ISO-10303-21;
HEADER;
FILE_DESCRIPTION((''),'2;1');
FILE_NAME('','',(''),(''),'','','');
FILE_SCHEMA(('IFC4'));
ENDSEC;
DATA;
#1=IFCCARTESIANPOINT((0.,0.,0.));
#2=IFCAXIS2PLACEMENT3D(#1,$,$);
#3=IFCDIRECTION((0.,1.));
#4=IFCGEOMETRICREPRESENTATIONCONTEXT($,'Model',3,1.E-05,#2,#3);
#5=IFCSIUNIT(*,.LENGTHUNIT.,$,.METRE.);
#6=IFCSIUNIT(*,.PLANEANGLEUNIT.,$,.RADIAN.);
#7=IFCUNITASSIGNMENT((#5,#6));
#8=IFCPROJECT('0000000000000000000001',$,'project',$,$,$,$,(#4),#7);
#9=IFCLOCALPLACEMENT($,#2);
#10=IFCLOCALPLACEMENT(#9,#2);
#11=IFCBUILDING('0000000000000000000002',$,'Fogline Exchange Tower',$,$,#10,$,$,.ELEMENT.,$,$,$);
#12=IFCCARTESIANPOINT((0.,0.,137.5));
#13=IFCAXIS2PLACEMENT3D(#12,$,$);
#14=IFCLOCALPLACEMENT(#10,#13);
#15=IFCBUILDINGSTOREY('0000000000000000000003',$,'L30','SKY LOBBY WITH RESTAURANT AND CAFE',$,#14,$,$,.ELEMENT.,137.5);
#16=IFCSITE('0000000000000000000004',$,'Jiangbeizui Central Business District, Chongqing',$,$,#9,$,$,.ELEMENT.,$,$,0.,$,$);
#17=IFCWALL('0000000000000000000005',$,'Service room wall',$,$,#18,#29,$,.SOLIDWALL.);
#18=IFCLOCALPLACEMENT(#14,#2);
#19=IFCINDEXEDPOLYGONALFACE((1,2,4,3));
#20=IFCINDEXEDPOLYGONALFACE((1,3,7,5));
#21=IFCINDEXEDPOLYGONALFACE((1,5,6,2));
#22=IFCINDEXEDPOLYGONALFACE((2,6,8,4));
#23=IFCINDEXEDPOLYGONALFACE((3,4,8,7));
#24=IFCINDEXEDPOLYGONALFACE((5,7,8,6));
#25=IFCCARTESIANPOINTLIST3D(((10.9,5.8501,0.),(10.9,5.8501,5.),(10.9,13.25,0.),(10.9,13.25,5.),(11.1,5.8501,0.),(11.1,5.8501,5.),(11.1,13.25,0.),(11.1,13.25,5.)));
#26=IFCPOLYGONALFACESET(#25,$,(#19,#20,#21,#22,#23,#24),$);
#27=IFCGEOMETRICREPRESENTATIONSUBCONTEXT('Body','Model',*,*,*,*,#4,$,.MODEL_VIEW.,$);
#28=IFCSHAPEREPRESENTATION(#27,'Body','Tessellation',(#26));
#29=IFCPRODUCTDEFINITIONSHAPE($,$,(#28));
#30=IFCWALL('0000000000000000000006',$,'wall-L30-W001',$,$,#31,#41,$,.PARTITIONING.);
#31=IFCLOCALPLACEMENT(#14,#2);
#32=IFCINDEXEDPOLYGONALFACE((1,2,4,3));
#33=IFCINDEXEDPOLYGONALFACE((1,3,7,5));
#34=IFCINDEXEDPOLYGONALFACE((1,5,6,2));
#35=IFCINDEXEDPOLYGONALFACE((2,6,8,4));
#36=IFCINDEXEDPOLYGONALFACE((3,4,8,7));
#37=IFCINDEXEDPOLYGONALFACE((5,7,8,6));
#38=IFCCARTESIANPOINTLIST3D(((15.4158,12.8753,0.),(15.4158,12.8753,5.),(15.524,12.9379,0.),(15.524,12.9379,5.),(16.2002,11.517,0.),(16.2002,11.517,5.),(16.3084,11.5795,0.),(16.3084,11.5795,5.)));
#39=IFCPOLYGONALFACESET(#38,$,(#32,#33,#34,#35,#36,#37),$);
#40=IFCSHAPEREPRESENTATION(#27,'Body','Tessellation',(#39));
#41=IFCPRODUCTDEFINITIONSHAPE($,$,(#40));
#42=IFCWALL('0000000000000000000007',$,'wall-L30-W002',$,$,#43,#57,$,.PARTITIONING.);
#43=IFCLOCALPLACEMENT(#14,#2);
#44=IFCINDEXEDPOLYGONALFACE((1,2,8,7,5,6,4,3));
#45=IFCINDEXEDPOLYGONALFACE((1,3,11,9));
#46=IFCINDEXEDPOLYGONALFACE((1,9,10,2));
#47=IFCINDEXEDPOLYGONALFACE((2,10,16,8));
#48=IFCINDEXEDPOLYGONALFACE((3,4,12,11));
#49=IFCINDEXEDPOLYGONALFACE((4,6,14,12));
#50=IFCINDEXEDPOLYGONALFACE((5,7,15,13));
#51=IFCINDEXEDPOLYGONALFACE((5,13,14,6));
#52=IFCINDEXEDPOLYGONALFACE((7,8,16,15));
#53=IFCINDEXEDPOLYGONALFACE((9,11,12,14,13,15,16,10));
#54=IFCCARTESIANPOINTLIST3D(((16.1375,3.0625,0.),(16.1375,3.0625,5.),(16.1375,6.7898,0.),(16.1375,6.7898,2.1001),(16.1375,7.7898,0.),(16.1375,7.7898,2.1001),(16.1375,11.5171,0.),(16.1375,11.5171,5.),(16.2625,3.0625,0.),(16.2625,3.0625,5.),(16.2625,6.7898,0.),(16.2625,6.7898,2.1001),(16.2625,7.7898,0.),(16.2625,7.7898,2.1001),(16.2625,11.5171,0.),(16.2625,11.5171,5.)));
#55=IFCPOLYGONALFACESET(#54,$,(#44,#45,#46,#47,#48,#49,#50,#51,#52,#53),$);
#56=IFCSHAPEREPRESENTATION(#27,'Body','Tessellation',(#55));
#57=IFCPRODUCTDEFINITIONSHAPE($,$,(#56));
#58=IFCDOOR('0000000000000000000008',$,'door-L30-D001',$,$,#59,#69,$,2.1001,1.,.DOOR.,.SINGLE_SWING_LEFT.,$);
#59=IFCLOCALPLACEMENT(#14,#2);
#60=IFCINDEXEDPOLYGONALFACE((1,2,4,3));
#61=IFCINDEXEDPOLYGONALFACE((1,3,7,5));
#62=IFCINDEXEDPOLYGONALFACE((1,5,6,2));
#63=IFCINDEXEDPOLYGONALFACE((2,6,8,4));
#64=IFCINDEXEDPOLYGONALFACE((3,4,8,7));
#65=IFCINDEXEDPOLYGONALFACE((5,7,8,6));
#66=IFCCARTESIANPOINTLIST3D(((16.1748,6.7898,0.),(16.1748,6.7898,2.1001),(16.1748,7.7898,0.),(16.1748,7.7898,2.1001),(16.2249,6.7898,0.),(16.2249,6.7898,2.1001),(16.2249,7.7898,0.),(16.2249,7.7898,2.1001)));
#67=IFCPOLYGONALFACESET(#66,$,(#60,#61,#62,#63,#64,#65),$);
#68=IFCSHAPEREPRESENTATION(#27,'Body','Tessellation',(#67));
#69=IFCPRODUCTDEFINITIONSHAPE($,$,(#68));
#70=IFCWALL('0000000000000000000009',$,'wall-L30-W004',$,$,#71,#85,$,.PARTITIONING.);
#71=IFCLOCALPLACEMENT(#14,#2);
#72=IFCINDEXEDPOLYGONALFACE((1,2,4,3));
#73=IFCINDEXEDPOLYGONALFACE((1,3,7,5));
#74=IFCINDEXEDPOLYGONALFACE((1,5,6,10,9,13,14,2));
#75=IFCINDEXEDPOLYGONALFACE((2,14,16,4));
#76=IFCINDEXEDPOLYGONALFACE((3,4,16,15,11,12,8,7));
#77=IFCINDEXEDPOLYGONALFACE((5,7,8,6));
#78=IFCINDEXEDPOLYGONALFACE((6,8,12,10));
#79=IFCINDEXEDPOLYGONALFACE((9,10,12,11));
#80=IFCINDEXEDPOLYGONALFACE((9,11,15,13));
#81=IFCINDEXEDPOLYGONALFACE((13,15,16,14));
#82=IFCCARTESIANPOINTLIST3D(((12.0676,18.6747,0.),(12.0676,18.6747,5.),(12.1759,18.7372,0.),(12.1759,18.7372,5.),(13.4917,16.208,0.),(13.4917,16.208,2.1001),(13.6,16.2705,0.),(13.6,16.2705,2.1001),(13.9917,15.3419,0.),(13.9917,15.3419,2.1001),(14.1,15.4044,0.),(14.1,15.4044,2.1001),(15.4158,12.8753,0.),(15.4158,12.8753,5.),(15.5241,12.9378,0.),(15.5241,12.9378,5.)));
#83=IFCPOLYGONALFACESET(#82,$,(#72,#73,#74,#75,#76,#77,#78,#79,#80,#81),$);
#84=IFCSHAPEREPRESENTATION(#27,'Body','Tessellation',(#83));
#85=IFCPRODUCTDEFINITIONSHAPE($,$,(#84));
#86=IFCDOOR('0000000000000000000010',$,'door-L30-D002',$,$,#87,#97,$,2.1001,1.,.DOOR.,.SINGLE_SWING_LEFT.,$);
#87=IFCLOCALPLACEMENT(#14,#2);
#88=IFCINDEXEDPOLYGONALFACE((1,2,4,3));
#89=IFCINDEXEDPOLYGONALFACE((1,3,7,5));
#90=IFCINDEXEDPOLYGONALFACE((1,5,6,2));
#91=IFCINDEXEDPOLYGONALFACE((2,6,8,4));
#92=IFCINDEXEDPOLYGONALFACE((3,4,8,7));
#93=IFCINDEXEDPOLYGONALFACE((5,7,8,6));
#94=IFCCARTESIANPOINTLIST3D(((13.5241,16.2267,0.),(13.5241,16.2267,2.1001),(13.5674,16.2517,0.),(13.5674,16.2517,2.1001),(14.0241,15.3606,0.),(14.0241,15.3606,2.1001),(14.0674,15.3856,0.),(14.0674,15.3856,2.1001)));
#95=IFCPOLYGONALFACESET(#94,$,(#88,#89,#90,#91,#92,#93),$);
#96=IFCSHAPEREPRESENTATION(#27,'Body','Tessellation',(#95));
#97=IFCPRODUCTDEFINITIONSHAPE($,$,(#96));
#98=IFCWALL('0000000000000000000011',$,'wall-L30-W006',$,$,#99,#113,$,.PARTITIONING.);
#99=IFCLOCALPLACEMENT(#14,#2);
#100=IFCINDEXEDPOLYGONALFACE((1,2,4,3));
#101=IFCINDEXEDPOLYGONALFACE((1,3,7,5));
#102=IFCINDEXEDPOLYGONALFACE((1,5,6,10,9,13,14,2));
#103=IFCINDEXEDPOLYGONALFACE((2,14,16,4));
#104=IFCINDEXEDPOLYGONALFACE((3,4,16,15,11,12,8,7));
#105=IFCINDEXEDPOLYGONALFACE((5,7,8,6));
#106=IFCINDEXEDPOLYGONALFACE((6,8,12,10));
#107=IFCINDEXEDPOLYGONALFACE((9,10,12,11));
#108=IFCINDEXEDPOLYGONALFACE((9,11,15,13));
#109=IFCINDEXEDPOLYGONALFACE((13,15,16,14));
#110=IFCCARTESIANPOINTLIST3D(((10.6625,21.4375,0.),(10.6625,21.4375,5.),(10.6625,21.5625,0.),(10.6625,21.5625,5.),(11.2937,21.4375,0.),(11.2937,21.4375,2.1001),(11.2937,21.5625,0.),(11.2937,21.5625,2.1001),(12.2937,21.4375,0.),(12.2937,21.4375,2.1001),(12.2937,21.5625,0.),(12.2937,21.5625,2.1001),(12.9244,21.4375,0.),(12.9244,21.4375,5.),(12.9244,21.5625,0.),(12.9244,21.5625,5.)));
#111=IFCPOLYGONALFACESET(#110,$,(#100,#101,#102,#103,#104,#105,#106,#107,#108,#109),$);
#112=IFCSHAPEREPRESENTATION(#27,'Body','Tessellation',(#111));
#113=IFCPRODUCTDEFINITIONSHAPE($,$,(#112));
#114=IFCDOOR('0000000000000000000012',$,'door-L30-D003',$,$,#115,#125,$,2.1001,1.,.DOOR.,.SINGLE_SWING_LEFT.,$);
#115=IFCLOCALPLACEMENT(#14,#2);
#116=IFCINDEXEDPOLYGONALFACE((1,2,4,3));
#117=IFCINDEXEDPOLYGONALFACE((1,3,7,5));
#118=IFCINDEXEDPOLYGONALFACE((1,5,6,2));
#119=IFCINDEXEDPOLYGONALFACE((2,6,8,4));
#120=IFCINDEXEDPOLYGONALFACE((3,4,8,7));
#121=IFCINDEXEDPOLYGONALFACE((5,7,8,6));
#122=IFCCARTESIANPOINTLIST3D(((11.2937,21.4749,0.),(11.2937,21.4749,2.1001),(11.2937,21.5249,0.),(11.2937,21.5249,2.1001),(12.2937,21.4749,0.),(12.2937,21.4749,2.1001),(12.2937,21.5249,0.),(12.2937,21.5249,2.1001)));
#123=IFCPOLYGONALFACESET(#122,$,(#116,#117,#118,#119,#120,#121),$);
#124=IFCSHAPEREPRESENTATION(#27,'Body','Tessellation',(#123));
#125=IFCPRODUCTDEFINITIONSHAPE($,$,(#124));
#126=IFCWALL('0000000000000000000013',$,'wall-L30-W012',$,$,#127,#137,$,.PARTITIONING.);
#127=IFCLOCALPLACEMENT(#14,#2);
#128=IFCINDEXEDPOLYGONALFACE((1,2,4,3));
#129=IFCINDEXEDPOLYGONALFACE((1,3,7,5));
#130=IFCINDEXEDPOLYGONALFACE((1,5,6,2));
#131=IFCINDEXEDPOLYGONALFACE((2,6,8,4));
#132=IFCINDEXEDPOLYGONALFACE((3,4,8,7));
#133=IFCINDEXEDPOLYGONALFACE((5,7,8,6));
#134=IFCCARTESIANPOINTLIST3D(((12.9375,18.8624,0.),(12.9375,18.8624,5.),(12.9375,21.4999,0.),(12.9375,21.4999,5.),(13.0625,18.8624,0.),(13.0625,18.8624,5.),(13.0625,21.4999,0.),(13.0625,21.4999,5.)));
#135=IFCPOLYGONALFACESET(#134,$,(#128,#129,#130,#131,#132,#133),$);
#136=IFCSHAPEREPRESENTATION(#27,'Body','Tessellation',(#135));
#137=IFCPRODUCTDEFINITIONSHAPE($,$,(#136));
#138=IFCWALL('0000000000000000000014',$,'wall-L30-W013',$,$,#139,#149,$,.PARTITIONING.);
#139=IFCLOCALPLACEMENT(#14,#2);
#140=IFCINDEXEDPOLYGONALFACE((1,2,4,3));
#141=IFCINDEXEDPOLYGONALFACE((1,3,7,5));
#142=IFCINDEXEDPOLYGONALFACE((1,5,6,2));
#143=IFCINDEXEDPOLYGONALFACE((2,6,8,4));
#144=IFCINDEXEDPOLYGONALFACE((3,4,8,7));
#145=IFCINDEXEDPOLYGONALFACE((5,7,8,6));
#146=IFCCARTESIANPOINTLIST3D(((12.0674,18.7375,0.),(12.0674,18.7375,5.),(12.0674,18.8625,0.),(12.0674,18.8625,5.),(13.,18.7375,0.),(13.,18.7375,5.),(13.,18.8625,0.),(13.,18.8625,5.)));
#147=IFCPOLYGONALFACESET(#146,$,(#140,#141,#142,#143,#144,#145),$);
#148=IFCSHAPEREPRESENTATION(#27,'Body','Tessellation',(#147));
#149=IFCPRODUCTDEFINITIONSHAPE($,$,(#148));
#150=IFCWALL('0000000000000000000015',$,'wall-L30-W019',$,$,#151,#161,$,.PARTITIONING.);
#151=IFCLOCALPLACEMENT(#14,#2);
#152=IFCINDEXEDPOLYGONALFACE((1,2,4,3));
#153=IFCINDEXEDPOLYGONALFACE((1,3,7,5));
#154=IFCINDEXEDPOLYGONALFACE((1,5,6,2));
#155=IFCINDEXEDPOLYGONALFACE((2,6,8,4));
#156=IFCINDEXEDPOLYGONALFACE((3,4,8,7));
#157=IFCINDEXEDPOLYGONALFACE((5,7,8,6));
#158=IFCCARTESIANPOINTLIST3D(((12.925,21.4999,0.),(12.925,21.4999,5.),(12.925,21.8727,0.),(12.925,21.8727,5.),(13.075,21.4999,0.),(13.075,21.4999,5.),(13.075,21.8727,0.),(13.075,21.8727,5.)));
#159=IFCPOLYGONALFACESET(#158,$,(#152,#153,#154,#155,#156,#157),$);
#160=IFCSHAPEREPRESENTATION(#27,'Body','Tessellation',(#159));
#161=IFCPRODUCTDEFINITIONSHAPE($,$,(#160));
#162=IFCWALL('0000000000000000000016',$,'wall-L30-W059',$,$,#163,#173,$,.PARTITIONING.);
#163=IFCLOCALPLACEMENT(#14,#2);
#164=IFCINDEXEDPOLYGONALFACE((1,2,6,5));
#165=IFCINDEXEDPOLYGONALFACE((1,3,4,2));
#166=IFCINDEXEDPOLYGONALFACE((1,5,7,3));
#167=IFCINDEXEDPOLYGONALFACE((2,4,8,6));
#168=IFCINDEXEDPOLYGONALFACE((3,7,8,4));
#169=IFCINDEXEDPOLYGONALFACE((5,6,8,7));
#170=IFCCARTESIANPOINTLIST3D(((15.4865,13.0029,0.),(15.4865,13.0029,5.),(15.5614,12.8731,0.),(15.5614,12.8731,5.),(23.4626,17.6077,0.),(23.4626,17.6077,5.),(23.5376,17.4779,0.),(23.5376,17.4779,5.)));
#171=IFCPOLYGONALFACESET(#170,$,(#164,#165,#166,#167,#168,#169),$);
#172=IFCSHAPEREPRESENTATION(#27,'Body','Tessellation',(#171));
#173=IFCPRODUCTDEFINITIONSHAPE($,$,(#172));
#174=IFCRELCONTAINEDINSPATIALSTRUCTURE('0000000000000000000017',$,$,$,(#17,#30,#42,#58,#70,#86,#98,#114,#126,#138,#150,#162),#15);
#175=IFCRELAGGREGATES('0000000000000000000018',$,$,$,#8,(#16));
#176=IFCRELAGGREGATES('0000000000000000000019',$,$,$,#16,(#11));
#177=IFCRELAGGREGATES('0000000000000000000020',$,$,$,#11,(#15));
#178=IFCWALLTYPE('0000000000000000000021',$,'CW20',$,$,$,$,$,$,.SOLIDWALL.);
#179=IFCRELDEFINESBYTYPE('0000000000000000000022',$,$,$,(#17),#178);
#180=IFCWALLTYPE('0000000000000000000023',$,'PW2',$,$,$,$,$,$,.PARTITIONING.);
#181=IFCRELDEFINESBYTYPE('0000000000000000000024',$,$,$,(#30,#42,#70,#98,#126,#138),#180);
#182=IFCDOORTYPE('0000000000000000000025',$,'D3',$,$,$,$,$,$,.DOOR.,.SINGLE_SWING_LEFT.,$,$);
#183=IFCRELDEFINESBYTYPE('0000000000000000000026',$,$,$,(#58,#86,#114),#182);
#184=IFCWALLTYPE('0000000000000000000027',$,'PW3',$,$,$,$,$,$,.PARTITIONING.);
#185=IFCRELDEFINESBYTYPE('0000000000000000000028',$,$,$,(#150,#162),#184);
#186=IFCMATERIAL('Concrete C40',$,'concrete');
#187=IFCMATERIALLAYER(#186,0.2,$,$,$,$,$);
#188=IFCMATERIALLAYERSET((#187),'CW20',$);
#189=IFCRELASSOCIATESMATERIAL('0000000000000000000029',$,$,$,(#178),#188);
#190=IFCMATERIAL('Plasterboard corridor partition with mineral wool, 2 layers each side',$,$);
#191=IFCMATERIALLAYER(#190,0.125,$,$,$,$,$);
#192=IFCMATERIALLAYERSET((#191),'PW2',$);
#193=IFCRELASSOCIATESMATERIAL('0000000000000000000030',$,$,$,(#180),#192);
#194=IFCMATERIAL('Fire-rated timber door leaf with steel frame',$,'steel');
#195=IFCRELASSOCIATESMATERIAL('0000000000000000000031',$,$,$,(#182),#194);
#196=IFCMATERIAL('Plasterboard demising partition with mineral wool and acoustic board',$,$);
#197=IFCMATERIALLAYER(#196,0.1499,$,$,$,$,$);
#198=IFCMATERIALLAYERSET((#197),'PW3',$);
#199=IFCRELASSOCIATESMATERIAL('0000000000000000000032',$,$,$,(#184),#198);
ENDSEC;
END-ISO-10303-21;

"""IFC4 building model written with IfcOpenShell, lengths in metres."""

from ifc_helpers import new_model, si_unit, direction, frame, frame_2d, origin, place, context, subcontext, project, spatial, rectangle, extrude, material, layer, layer_set, type_object, element, fill, save


model = new_model("IFC4")

# Units and contexts
model_context = context("Model", 3, precision=1e-05, world=origin(), true_north=direction((0.0, 1.0)))
body_context = subcontext(model_context, "Body", "Model", "MODEL_VIEW")
ifc_project = project(units=[si_unit("LENGTHUNIT", "METRE"), si_unit("PLANEANGLEUNIT", "RADIAN")], contexts=[model_context])

# Site, building, storey
site_placement = place(None, origin())
site = spatial("IfcSite", under=ifc_project, at=site_placement, Name="Jiangbeizui Central Business District, Chongqing", CompositionType="ELEMENT", RefElevation=0.0)
building_placement = place(site_placement, origin())
building = spatial("IfcBuilding", under=site, at=building_placement, Name="Fogline Exchange Tower", CompositionType="ELEMENT")
storey_placement = place(building_placement, frame((0.0, 0.0, 137.5)))
storey = spatial("IfcBuildingStorey", under=building, at=storey_placement, Name="L30", Description="SKY LOBBY WITH RESTAURANT AND CAFE", CompositionType="ELEMENT", Elevation=137.5)

# Shared definitions
ifc_material_1 = material(Name="Concrete C40", Category="concrete")

# Walls
ifc_layer_1 = layer(ifc_material_1, 0.2)
ifc_layer_set_1 = layer_set([ifc_layer_1], Name="CW20")
wall_type_1 = type_object("IfcWallType", Name="CW20", PredefinedType="SOLIDWALL", material=ifc_layer_set_1)
wall_1_placement = place(storey_placement, frame((11.0, 5.8501, 0.0), z_axis=(0.0, 0.0, 1.0), x_axis=(0.0, 1.0, 0.0)))
element("IfcWall", 1, at=wall_1_placement, inside=storey, type_object=wall_type_1, Name="Service room wall", PredefinedType="SOLIDWALL", context=body_context, shape_type="SweptSolid", body=[
    extrude(rectangle(XDim=7.3999, YDim=0.2, at=frame_2d((3.7, 0.0))), origin(), (0.0, 0.0, 1.0), 5.0),
])
ifc_material_2 = material(Name="Plasterboard corridor partition with mineral wool, 2 layers each side")
ifc_layer_2 = layer(ifc_material_2, 0.125)
ifc_layer_set_2 = layer_set([ifc_layer_2], Name="PW2")
wall_type_2 = type_object("IfcWallType", Name="PW2", PredefinedType="PARTITIONING", material=ifc_layer_set_2)
wall_2_placement = place(storey_placement, frame((15.47, 12.9065, 0.0), z_axis=(0.0, 0.0, 1.0), x_axis=(0.500073, -0.865983, 0.0)))
element("IfcWall", 2, at=wall_2_placement, inside=storey, type_object=wall_type_2, Name="wall-L30-W001", PredefinedType="PARTITIONING", context=body_context, shape_type="SweptSolid", body=[
    extrude(rectangle(XDim=1.5686, YDim=0.125, at=frame_2d((0.7842, 0.0))), origin(), (0.0, 0.0, 1.0), 5.0),
])

# Walls, openings, doors
wall_3_placement = place(storey_placement, frame((16.2, 11.5171, 0.0), z_axis=(0.0, 0.0, 1.0), x_axis=(0.0, -1.0, 0.0)))
wall_3 = element("IfcWall", 3, at=wall_3_placement, inside=storey, type_object=wall_type_2, Name="wall-L30-W002", PredefinedType="PARTITIONING", context=body_context, shape_type="SweptSolid", body=[
    extrude(rectangle(XDim=8.4546, YDim=0.125, at=frame_2d((4.2273, 0.0))), origin(), (0.0, 0.0, 1.0), 5.0),
])
opening_1_placement = place(wall_3_placement, frame((3.7273, 0.0, 0.0)))
opening_1 = element("IfcOpeningElement", 4, at=opening_1_placement, cuts=wall_3, PredefinedType="OPENING", context=body_context, shape_type="SweptSolid", body=[
    extrude(rectangle(XDim=1.0, YDim=2.1001, at=frame_2d((0.5, 1.05))), frame((0.0, 0.0725, 0.0), z_axis=(0.0, -1.0, 0.0), x_axis=(1.0, 0.0, 0.0)), (0.0, 0.0, 1.0), 0.145),
])
ifc_material_3 = material(Name="Fire-rated timber door leaf with steel frame", Category="steel")
door_type = type_object("IfcDoorType", Name="D3", OperationType="SINGLE_SWING_LEFT", PredefinedType="DOOR", material=ifc_material_3)
door_1_placement = place(opening_1_placement, origin())
door_1 = element("IfcDoor", 5, at=door_1_placement, inside=storey, type_object=door_type, Name="door-L30-D001", OperationType="SINGLE_SWING_LEFT", OverallHeight=2.1001, OverallWidth=1.0, PredefinedType="DOOR", context=body_context, shape_type="SweptSolid", body=[
    extrude(rectangle(XDim=1.0, YDim=2.1001, at=frame_2d((0.5, 1.05))), frame((0.0, 0.0249, 0.0), z_axis=(0.0, -1.0, 0.0), x_axis=(1.0, 0.0, 0.0)), (0.0, 0.0, 1.0), 0.05),
])
fill(opening_1, door_1)
wall_4_placement = place(storey_placement, frame((12.1218, 18.7058, 0.0), z_axis=(0.0, 0.0, 1.0), x_axis=(0.49999, -0.866031, 0.0)))
wall_4 = element("IfcWall", 6, at=wall_4_placement, inside=storey, type_object=wall_type_2, Name="wall-L30-W004", PredefinedType="PARTITIONING", context=body_context, shape_type="SweptSolid", body=[
    extrude(rectangle(XDim=6.6965, YDim=0.125, at=frame_2d((3.3481, 0.0))), origin(), (0.0, 0.0, 1.0), 5.0),
])
opening_2_placement = place(wall_4_placement, frame((2.8481, 0.0, 0.0)))
opening_2 = element("IfcOpeningElement", 7, at=opening_2_placement, cuts=wall_4, PredefinedType="OPENING", context=body_context, shape_type="SweptSolid", body=[
    extrude(rectangle(XDim=1.0, YDim=2.1001, at=frame_2d((0.5, 1.05))), frame((0.0, 0.0725, 0.0), z_axis=(0.0, -1.0, 0.0), x_axis=(1.0, 0.0, 0.0)), (0.0, 0.0, 1.0), 0.145),
])
door_2_placement = place(opening_2_placement, origin())
door_2 = element("IfcDoor", 8, at=door_2_placement, inside=storey, type_object=door_type, Name="door-L30-D002", OperationType="SINGLE_SWING_LEFT", OverallHeight=2.1001, OverallWidth=1.0, PredefinedType="DOOR", context=body_context, shape_type="SweptSolid", body=[
    extrude(rectangle(XDim=1.0, YDim=2.1001, at=frame_2d((0.5, 1.05))), frame((0.0, 0.0249, 0.0), z_axis=(0.0, -1.0, 0.0), x_axis=(1.0, 0.0, 0.0)), (0.0, 0.0, 1.0), 0.05),
])
fill(opening_2, door_2)
wall_5_placement = place(storey_placement, frame((10.6626, 21.5, 0.0), z_axis=(0.0, 0.0, 1.0), x_axis=(1.0, 0.0, 0.0)))
wall_5 = element("IfcWall", 9, at=wall_5_placement, inside=storey, type_object=wall_type_2, Name="wall-L30-W006", PredefinedType="PARTITIONING", context=body_context, shape_type="SweptSolid", body=[
    extrude(rectangle(XDim=2.262, YDim=0.125, at=frame_2d((1.1309, 0.0))), origin(), (0.0, 0.0, 1.0), 5.0),
])
opening_3_placement = place(wall_5_placement, frame((0.6311, 0.0, 0.0)))
opening_3 = element("IfcOpeningElement", 10, at=opening_3_placement, cuts=wall_5, PredefinedType="OPENING", context=body_context, shape_type="SweptSolid", body=[
    extrude(rectangle(XDim=1.0, YDim=2.1001, at=frame_2d((0.5, 1.05))), frame((0.0, 0.0725, 0.0), z_axis=(0.0, -1.0, 0.0), x_axis=(1.0, 0.0, 0.0)), (0.0, 0.0, 1.0), 0.145),
])
door_3_placement = place(opening_3_placement, origin())
door_3 = element("IfcDoor", 11, at=door_3_placement, inside=storey, type_object=door_type, Name="door-L30-D003", OperationType="SINGLE_SWING_LEFT", OverallHeight=2.1001, OverallWidth=1.0, PredefinedType="DOOR", context=body_context, shape_type="SweptSolid", body=[
    extrude(rectangle(XDim=1.0, YDim=2.1001, at=frame_2d((0.5, 1.05))), frame((0.0, 0.0249, 0.0), z_axis=(0.0, -1.0, 0.0), x_axis=(1.0, 0.0, 0.0)), (0.0, 0.0, 1.0), 0.05),
])
fill(opening_3, door_3)

# Walls
wall_6_placement = place(storey_placement, frame((13.0, 21.5, 0.0), z_axis=(0.0, 0.0, 1.0), x_axis=(0.0, -1.0, 0.0)))
element("IfcWall", 12, at=wall_6_placement, inside=storey, type_object=wall_type_2, Name="wall-L30-W012", PredefinedType="PARTITIONING", context=body_context, shape_type="SweptSolid", body=[
    extrude(rectangle(XDim=2.6375, YDim=0.125, at=frame_2d((1.3188, 0.0))), origin(), (0.0, 0.0, 1.0), 5.0),
])
wall_7_placement = place(storey_placement, frame((13.0, 18.8, 0.0), z_axis=(0.0, 0.0, 1.0), x_axis=(-1.0, 0.0, 0.0)))
element("IfcWall", 13, at=wall_7_placement, inside=storey, type_object=wall_type_2, Name="wall-L30-W013", PredefinedType="PARTITIONING", context=body_context, shape_type="SweptSolid", body=[
    extrude(rectangle(XDim=0.9326, YDim=0.125, at=frame_2d((0.4663, 0.0))), origin(), (0.0, 0.0, 1.0), 5.0),
])
ifc_material_4 = material(Name="Plasterboard demising partition with mineral wool and acoustic board")
ifc_layer_3 = layer(ifc_material_4, 0.1499)
ifc_layer_set_3 = layer_set([ifc_layer_3], Name="PW3")
wall_type_3 = type_object("IfcWallType", Name="PW3", PredefinedType="PARTITIONING", material=ifc_layer_set_3)
wall_8_placement = place(storey_placement, frame((13.0, 21.8728, 0.0), z_axis=(0.0, 0.0, 1.0), x_axis=(0.0, -1.0, 0.0)))
element("IfcWall", 14, at=wall_8_placement, inside=storey, type_object=wall_type_3, Name="wall-L30-W019", PredefinedType="PARTITIONING", context=body_context, shape_type="SweptSolid", body=[
    extrude(rectangle(XDim=0.3728, YDim=0.1499, at=frame_2d((0.1865, 0.0))), origin(), (0.0, 0.0, 1.0), 5.0),
])
wall_9_placement = place(storey_placement, frame((15.5239, 12.938, 0.0), z_axis=(0.0, 0.0, 1.0), x_axis=(0.866037, 0.499979, 0.0)))
element("IfcWall", 15, at=wall_9_placement, inside=storey, type_object=wall_type_3, Name="wall-L30-W059", PredefinedType="PARTITIONING", context=body_context, shape_type="SweptSolid", body=[
    extrude(rectangle(XDim=9.21, YDim=0.1499, at=frame_2d((4.605, 0.0))), origin(), (0.0, 0.0, 1.0), 5.0),
])

save(model, "model.ifc")
